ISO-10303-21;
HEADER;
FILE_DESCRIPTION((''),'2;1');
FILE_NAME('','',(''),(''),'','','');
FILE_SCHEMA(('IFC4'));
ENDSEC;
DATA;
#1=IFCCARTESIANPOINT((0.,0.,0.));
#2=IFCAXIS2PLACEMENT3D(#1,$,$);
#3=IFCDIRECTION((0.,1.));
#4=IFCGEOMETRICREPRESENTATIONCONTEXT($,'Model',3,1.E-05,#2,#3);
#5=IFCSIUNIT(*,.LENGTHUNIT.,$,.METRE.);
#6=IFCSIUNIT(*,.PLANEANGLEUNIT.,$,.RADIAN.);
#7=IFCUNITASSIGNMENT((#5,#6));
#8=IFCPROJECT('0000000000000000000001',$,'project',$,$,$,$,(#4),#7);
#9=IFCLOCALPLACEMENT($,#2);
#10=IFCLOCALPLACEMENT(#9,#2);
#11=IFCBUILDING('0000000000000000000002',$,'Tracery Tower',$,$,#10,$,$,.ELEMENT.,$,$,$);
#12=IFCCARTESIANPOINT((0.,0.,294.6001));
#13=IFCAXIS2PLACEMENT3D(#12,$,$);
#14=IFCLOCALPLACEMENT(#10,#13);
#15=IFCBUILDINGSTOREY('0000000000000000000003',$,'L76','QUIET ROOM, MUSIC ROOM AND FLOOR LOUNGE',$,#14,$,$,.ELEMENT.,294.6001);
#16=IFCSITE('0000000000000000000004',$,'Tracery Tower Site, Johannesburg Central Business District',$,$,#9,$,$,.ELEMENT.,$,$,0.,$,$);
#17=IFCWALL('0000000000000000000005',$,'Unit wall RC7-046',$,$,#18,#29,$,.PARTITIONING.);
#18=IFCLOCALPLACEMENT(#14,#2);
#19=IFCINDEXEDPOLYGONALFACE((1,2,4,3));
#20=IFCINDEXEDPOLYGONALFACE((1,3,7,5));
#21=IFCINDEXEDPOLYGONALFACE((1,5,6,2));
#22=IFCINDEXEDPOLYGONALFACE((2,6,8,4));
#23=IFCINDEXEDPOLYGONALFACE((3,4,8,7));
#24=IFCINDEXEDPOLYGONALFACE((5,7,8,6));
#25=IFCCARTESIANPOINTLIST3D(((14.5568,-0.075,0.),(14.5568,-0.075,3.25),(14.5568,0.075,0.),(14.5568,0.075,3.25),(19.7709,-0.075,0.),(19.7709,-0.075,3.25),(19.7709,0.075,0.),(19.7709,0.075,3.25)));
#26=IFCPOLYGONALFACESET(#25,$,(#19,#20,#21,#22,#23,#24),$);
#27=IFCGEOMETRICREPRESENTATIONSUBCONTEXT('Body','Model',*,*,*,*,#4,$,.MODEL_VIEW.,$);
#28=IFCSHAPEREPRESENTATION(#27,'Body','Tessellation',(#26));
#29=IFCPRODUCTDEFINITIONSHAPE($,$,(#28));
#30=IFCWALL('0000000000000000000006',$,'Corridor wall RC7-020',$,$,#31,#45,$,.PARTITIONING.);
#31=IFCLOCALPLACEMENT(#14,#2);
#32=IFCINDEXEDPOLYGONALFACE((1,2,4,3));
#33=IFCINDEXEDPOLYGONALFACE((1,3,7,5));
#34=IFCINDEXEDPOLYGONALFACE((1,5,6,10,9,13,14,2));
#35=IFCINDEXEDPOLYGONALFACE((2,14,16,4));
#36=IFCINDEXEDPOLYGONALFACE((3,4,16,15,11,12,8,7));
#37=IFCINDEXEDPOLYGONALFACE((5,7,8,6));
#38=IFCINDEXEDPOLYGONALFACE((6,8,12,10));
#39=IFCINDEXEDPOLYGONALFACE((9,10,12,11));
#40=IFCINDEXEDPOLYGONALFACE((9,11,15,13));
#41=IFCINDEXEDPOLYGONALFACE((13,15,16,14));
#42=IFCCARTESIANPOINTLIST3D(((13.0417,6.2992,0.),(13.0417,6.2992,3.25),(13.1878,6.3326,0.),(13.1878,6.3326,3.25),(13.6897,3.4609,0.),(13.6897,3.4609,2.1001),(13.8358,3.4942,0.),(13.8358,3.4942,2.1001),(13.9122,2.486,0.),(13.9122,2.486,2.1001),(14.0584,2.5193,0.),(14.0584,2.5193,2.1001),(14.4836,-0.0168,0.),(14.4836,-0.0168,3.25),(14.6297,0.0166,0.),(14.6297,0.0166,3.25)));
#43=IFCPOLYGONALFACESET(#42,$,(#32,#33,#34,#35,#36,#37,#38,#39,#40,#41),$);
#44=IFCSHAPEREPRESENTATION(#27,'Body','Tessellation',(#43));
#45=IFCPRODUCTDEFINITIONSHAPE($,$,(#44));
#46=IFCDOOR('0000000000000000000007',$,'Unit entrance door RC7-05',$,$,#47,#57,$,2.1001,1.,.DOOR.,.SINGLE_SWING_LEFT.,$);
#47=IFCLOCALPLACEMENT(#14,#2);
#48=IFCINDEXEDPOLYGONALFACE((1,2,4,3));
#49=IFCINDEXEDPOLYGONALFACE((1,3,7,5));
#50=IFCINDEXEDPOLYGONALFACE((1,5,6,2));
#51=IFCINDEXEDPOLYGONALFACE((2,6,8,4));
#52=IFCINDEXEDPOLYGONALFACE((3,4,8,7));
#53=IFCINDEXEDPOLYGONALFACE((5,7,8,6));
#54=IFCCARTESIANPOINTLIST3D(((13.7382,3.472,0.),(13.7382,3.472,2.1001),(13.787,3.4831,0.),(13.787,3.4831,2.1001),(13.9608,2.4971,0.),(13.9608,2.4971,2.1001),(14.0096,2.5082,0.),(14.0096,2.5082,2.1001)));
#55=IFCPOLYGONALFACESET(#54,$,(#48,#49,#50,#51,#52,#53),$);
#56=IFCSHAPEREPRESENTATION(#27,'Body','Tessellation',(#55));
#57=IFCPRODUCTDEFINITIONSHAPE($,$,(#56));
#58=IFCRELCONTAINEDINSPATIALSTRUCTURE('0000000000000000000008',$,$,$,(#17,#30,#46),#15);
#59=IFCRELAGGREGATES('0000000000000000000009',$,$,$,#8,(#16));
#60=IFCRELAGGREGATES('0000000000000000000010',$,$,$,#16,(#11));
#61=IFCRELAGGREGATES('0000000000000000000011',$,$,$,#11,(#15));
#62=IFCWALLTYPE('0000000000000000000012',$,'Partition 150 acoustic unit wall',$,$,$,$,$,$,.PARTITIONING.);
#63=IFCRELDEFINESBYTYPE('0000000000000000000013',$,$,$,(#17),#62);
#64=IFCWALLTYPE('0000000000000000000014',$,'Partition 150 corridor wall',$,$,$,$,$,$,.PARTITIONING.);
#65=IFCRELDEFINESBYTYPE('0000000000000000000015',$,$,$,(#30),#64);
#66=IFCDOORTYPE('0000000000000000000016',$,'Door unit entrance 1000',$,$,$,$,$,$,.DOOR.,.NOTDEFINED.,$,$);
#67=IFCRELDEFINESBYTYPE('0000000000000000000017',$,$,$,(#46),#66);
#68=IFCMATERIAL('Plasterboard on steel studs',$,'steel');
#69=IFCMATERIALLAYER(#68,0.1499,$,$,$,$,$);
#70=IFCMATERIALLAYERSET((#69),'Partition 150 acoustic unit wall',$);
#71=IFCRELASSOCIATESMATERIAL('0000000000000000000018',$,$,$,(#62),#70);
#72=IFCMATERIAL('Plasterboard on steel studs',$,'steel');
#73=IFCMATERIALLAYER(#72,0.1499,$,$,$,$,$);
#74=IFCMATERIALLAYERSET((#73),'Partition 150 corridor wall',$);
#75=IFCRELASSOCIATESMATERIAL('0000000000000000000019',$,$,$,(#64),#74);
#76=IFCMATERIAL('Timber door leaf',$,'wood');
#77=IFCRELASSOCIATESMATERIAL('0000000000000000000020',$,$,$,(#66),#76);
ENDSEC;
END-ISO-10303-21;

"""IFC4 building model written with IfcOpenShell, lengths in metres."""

from ifc_helpers import new_model, si_unit, direction, frame, frame_2d, origin, place, context, subcontext, project, spatial, rectangle, extrude, material, layer, layer_set, type_object, element, fill, save


model = new_model("IFC4")

# Units and contexts
model_context = context("Model", 3, precision=1e-05, world=origin(), true_north=direction((0.0, 1.0)))
body_context = subcontext(model_context, "Body", "Model", "MODEL_VIEW")
ifc_project = project(units=[si_unit("LENGTHUNIT", "METRE"), si_unit("PLANEANGLEUNIT", "RADIAN")], contexts=[model_context])

# Site, building, storey
site_placement = place(None, origin())
site = spatial("IfcSite", under=ifc_project, at=site_placement, Name="Tracery Tower Site, Johannesburg Central Business District", CompositionType="ELEMENT", RefElevation=0.0)
building_placement = place(site_placement, origin())
building = spatial("IfcBuilding", under=site, at=building_placement, Name="Tracery Tower", CompositionType="ELEMENT")
storey_placement = place(building_placement, frame((0.0, 0.0, 294.6001)))
storey = spatial("IfcBuildingStorey", under=building, at=storey_placement, Name="L76", Description="QUIET ROOM, MUSIC ROOM AND FLOOR LOUNGE", CompositionType="ELEMENT", Elevation=294.6001)

# Wall
ifc_material_1 = material(Name="Plasterboard on steel studs", Category="steel")
ifc_layer_1 = layer(ifc_material_1, 0.1499)
ifc_layer_set_1 = layer_set([ifc_layer_1], Name="Partition 150 acoustic unit wall")
wall_type_1 = type_object("IfcWallType", Name="Partition 150 acoustic unit wall", PredefinedType="PARTITIONING", material=ifc_layer_set_1)
wall_1_placement = place(storey_placement, frame((14.5569, 0.0, 0.0), z_axis=(0.0, 0.0, 1.0), x_axis=(1.0, 0.0, 0.0)))
element("IfcWall", 1, at=wall_1_placement, inside=storey, type_object=wall_type_1, Name="Unit wall RC7-046", PredefinedType="PARTITIONING", context=body_context, shape_type="SweptSolid", body=[
    extrude(rectangle(XDim=5.2141, YDim=0.1499, at=frame_2d((2.6069, 0.0))), origin(), (0.0, 0.0, 1.0), 3.25),
])

# Wall, opening, door
ifc_material_2 = material(Name="Plasterboard on steel studs", Category="steel")
ifc_layer_2 = layer(ifc_material_2, 0.1499)
ifc_layer_set_2 = layer_set([ifc_layer_2], Name="Partition 150 corridor wall")
wall_type_2 = type_object("IfcWallType", Name="Partition 150 corridor wall", PredefinedType="PARTITIONING", material=ifc_layer_set_2)
wall_2_placement = place(storey_placement, frame((13.1147, 6.3159, 0.0), z_axis=(0.0, 0.0, 1.0), x_axis=(0.222569, -0.974917, 0.0)))
wall_2 = element("IfcWall", 2, at=wall_2_placement, inside=storey, type_object=wall_type_2, Name="Corridor wall RC7-020", PredefinedType="PARTITIONING", context=body_context, shape_type="SweptSolid", body=[
    extrude(rectangle(XDim=6.4785, YDim=0.1499, at=frame_2d((3.2393, 0.0))), origin(), (0.0, 0.0, 1.0), 3.25),
])
opening_1_placement = place(wall_2_placement, frame((2.9114, 0.0, 0.0)))
opening_1 = element("IfcOpeningElement", 3, at=opening_1_placement, cuts=wall_2, PredefinedType="OPENING", context=body_context, shape_type="SweptSolid", body=[
    extrude(rectangle(XDim=1.0, YDim=2.1001, at=frame_2d((0.5, 1.05))), frame((0.0, 0.075, 0.0), z_axis=(0.0, -1.0, 0.0), x_axis=(1.0, 0.0, 0.0)), (0.0, 0.0, 1.0), 0.1499),
])
ifc_material_3 = material(Name="Timber door leaf", Category="wood")
door_type_1 = type_object("IfcDoorType", Name="Door unit entrance 1000", OperationType="NOTDEFINED", PredefinedType="DOOR", material=ifc_material_3)
door_1_placement = place(opening_1_placement, origin())
door_1 = element("IfcDoor", 4, at=door_1_placement, inside=storey, type_object=door_type_1, Name="Unit entrance door RC7-05", OperationType="SINGLE_SWING_LEFT", OverallHeight=2.1001, OverallWidth=1.0, PredefinedType="DOOR", context=body_context, shape_type="SweptSolid", body=[
    extrude(rectangle(XDim=1.0, YDim=2.1001, at=frame_2d((0.5, 1.05))), frame((0.0, 0.0249, 0.0), z_axis=(0.0, -1.0, 0.0), x_axis=(1.0, 0.0, 0.0)), (0.0, 0.0, 1.0), 0.05),
])
fill(opening_1, door_1)

save(model, "model.ifc")
